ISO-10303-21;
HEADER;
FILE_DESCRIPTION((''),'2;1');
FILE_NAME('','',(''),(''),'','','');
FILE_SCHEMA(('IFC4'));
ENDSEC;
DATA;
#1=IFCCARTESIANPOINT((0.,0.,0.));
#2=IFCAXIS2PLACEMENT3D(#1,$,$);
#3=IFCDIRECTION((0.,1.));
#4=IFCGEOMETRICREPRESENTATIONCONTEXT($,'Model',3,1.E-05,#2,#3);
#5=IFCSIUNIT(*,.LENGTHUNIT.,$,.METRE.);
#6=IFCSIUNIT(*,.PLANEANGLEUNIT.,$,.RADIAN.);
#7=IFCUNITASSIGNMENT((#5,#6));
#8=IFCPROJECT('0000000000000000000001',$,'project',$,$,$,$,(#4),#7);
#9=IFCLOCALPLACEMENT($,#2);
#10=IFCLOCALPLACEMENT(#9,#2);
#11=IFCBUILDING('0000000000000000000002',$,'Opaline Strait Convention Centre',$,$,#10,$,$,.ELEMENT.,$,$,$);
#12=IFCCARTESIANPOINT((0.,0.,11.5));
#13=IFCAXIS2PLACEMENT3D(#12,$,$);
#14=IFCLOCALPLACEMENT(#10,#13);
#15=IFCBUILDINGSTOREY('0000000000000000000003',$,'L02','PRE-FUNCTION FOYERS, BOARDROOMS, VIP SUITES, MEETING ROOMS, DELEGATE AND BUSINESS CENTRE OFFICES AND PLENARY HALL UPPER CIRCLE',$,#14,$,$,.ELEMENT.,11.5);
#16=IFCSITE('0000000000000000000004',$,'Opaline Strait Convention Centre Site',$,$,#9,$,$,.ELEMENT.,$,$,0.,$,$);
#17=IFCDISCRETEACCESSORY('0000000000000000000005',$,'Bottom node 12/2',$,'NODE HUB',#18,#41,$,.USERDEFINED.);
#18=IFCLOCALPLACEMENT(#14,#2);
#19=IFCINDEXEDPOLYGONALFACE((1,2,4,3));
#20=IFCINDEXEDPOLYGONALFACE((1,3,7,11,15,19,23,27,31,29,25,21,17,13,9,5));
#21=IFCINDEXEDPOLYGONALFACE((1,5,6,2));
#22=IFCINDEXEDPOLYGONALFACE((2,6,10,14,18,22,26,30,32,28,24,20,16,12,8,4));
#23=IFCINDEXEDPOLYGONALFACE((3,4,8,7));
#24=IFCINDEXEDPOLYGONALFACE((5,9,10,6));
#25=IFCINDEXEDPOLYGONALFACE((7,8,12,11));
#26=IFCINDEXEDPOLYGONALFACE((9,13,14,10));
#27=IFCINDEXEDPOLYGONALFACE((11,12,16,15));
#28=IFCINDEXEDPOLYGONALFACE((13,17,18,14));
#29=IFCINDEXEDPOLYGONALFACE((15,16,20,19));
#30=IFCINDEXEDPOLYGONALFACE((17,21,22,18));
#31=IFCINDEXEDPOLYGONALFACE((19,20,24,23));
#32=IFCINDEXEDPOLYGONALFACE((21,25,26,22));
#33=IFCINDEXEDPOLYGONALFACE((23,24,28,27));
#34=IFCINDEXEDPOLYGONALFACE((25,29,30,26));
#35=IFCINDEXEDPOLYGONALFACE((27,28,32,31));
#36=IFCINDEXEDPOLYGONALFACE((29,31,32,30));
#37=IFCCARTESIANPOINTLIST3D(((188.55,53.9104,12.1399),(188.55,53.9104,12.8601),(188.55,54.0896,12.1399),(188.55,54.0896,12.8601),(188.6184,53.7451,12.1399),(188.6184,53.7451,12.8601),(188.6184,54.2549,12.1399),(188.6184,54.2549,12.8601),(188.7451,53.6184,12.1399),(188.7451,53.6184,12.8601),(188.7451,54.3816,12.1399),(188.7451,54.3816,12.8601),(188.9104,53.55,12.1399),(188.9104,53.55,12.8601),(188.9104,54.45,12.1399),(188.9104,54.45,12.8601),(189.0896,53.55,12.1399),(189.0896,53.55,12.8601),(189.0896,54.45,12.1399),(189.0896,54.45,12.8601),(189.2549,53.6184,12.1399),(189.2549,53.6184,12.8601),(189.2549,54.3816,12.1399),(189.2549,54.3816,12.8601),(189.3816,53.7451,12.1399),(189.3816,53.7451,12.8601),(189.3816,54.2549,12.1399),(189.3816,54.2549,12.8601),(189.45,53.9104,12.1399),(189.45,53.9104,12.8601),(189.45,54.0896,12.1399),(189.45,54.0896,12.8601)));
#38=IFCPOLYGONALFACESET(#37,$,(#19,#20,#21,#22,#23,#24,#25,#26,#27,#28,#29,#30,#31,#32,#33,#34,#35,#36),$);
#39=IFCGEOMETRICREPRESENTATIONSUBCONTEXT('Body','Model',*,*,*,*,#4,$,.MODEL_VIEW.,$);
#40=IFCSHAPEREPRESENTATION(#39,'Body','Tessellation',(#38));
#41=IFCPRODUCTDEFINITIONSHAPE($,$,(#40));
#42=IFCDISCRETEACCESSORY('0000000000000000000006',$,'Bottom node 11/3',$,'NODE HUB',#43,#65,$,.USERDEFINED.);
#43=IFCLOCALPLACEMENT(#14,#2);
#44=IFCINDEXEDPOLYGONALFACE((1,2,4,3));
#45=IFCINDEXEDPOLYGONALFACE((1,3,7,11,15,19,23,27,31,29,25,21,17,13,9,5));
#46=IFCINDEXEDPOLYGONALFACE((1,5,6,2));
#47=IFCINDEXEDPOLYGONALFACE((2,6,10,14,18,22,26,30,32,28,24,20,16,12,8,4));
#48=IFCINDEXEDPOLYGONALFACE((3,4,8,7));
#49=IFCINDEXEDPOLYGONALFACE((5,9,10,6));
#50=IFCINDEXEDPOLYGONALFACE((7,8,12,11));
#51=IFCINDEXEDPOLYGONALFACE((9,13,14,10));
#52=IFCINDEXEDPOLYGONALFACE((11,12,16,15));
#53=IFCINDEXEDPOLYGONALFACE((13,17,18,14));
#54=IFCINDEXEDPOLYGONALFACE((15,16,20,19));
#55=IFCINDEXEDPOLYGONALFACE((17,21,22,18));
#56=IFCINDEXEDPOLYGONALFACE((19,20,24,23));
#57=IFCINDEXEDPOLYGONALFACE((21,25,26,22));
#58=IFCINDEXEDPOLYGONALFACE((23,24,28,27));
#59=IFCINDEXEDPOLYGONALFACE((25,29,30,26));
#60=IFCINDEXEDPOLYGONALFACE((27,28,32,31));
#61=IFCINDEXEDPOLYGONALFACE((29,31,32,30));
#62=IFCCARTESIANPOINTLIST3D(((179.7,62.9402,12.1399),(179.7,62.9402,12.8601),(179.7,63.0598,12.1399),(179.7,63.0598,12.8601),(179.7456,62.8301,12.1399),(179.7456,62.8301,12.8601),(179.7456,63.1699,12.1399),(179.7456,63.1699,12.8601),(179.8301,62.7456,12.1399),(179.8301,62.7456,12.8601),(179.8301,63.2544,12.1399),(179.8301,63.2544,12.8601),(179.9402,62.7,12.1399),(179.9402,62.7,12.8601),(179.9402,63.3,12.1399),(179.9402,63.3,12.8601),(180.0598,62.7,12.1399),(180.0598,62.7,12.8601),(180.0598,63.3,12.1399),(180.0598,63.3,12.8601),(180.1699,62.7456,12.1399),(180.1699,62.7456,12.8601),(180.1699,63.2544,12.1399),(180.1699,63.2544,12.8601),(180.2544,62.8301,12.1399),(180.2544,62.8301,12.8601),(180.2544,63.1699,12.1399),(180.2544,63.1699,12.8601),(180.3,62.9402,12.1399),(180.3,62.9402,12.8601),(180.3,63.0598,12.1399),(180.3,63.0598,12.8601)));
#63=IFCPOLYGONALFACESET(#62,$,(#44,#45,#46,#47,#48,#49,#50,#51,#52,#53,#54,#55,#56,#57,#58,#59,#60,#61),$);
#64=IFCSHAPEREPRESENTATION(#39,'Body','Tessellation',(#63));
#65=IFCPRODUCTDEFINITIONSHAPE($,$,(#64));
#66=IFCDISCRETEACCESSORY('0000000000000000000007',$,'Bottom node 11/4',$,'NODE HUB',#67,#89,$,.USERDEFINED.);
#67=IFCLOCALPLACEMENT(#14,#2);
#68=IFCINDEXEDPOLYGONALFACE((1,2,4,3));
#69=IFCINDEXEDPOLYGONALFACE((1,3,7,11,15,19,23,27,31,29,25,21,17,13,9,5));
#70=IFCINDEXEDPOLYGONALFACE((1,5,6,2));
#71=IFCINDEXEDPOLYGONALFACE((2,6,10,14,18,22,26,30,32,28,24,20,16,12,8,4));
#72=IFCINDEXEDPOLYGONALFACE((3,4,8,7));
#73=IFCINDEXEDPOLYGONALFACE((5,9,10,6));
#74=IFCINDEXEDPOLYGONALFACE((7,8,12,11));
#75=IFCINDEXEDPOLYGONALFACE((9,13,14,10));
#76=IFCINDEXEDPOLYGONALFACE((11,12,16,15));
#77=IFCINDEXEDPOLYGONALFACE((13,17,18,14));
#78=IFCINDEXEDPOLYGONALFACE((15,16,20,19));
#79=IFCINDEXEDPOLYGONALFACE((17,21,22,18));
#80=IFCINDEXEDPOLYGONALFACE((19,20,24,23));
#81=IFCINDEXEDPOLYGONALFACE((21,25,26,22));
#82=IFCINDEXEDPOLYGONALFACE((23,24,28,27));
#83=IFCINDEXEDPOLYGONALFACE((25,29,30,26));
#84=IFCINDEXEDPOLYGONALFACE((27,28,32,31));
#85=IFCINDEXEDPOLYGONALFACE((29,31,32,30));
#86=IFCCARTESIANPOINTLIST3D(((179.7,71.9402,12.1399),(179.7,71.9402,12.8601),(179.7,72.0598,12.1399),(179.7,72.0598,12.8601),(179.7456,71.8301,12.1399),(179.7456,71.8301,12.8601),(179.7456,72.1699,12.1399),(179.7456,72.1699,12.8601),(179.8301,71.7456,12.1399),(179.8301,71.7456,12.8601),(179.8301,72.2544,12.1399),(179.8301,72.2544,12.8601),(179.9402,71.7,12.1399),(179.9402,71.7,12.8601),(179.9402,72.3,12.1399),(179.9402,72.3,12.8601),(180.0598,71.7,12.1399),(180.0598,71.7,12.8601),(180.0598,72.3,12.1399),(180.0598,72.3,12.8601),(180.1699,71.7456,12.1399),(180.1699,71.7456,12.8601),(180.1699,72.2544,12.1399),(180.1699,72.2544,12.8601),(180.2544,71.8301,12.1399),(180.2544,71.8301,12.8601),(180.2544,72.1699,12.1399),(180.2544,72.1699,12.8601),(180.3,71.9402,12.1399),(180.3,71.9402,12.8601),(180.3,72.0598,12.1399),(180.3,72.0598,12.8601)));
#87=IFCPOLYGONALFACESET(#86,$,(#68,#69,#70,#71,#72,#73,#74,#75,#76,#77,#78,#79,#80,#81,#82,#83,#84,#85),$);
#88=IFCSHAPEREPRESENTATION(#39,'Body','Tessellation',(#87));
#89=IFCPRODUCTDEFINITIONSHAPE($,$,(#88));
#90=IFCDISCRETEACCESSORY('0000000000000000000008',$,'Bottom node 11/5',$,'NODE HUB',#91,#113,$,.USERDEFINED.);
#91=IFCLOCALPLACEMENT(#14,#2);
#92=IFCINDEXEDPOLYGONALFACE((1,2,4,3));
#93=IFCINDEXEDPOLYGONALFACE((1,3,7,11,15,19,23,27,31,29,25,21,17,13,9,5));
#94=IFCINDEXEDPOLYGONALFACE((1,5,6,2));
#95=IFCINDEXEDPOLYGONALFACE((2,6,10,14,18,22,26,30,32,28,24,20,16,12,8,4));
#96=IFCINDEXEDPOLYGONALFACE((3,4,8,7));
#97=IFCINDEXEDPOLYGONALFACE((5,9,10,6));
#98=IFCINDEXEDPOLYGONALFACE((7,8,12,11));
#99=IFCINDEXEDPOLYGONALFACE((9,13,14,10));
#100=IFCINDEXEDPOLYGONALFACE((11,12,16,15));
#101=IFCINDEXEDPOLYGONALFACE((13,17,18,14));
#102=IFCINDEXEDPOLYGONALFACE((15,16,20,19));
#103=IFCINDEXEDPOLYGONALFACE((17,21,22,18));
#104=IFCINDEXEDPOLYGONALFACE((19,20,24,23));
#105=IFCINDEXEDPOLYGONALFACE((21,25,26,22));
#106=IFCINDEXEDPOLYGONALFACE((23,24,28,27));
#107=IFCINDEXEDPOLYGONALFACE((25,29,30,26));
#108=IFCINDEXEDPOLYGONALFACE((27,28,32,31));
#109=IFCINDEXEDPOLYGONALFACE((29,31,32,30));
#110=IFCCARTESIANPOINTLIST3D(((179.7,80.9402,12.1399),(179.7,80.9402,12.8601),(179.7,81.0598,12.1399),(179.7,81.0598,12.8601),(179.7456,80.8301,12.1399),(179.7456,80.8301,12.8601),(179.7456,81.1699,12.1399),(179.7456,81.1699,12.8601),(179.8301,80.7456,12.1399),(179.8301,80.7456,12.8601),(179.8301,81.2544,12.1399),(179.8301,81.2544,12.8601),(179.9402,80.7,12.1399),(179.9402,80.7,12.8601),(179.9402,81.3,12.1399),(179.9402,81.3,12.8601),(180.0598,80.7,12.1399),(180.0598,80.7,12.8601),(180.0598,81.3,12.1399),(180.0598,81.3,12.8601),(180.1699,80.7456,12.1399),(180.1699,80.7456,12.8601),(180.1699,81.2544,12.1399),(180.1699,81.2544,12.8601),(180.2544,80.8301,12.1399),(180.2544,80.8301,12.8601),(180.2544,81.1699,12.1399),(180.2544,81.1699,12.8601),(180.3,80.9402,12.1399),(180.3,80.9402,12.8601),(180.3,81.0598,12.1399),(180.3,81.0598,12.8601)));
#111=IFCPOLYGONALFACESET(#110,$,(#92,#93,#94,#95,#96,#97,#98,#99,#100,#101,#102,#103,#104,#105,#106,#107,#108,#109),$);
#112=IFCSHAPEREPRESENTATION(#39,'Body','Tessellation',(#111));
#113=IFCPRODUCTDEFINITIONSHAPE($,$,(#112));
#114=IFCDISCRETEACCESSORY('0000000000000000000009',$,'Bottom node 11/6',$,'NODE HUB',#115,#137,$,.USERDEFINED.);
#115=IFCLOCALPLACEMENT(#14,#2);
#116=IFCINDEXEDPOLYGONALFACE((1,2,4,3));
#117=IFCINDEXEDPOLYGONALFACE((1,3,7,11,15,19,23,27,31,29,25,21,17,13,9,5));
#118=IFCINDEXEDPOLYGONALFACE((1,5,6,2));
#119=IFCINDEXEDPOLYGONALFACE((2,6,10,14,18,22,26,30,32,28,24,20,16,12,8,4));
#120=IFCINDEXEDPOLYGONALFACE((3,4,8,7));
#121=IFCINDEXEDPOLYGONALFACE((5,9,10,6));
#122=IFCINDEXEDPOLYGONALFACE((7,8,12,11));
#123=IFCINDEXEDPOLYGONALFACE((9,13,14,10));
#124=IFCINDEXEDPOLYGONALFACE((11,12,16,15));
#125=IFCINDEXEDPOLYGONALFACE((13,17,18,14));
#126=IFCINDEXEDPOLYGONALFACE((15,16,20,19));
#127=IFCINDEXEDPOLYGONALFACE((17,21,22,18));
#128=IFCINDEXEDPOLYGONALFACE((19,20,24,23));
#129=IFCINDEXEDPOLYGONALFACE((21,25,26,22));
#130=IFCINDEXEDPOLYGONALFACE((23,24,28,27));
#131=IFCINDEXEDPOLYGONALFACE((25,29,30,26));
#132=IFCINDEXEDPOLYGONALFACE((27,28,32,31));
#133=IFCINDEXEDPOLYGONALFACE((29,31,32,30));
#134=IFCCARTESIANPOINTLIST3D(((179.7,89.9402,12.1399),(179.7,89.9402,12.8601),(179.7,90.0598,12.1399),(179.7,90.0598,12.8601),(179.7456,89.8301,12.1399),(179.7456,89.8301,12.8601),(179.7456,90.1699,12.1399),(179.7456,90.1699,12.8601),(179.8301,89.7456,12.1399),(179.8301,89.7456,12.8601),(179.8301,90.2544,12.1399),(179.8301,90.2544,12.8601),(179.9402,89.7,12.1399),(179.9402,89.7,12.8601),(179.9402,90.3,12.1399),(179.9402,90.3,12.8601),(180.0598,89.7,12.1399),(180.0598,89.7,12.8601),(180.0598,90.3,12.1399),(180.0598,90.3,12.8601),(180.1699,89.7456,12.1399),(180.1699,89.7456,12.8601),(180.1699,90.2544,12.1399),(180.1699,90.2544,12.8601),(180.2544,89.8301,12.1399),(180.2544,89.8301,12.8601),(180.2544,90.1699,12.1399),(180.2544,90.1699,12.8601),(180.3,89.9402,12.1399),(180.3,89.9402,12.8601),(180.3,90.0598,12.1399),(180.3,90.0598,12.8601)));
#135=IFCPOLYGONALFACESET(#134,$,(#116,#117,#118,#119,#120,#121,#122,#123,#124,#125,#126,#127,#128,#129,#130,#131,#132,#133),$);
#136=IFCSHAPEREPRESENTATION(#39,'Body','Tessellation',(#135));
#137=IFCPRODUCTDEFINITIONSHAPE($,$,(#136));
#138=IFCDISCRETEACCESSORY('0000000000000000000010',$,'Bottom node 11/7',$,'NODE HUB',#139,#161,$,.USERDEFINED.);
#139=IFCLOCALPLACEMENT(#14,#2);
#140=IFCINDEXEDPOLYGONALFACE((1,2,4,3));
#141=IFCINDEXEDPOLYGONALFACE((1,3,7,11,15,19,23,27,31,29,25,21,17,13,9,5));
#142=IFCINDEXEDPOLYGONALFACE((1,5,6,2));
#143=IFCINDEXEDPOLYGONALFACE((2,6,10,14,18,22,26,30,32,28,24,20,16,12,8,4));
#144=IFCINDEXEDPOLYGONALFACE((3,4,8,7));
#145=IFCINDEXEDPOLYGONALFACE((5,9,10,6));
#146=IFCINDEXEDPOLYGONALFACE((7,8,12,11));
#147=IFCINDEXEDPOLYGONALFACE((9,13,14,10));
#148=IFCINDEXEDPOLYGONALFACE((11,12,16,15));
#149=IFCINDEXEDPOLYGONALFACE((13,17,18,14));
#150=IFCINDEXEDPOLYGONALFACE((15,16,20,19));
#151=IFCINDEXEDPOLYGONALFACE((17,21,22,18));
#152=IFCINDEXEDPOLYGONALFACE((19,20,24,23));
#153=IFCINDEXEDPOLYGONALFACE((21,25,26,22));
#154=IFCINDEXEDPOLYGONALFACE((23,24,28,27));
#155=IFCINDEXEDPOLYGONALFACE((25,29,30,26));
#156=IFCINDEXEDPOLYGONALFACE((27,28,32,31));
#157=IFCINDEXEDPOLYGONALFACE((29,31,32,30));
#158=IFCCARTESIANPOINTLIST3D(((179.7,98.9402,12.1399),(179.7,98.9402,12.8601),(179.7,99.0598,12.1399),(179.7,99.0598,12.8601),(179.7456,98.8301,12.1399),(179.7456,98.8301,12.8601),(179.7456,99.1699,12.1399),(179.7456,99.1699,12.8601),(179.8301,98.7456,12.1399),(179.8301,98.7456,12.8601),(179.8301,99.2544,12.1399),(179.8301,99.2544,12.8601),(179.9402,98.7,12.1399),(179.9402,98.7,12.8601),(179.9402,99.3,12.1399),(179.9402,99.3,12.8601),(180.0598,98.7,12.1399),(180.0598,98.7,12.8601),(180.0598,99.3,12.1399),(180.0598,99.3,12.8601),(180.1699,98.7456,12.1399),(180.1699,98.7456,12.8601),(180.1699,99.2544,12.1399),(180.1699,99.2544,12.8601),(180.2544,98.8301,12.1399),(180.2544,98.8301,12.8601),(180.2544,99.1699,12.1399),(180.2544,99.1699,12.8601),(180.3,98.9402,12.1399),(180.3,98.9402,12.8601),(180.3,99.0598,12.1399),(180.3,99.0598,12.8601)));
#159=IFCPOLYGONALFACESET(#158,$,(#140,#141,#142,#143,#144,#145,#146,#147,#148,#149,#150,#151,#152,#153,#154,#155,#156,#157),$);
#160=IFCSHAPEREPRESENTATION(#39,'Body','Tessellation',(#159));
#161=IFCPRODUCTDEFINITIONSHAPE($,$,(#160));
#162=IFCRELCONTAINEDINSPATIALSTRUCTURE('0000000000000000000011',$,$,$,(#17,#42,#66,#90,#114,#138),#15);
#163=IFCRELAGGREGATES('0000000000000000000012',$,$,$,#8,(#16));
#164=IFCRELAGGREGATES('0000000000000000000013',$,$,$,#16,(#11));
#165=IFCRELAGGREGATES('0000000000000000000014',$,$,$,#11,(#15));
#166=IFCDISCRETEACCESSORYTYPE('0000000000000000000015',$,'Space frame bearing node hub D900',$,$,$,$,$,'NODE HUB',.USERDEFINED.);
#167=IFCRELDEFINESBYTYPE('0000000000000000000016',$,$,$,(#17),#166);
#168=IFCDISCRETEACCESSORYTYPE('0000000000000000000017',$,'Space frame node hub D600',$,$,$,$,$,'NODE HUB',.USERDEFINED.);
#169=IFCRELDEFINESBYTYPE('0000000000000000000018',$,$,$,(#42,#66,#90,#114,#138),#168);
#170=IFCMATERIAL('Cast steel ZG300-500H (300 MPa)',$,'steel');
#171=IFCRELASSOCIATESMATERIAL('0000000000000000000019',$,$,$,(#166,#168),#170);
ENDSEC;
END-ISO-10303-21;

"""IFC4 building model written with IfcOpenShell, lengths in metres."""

from ifc_helpers import new_model, si_unit, direction, frame, origin, place, context, subcontext, project, spatial, polyline, outline, extrude, material, type_object, element, save


model = new_model("IFC4")

# Units and contexts
model_context = context("Model", 3, precision=1e-05, world=origin(), true_north=direction((0.0, 1.0)))
body_context = subcontext(model_context, "Body", "Model", "MODEL_VIEW")
ifc_project = project(units=[si_unit("LENGTHUNIT", "METRE"), si_unit("PLANEANGLEUNIT", "RADIAN")], contexts=[model_context])

# Site, building, storey
site_placement = place(None, origin())
site = spatial("IfcSite", under=ifc_project, at=site_placement, Name="Opaline Strait Convention Centre Site", CompositionType="ELEMENT", RefElevation=0.0)
building_placement = place(site_placement, origin())
building = spatial("IfcBuilding", under=site, at=building_placement, Name="Opaline Strait Convention Centre", CompositionType="ELEMENT")
storey_placement = place(building_placement, frame((0.0, 0.0, 11.5)))
storey = spatial("IfcBuildingStorey", under=building, at=storey_placement, Name="L02", Description="PRE-FUNCTION FOYERS, BOARDROOMS, VIP SUITES, MEETING ROOMS, DELEGATE AND BUSINESS CENTRE OFFICES AND PLENARY HALL UPPER CIRCLE", CompositionType="ELEMENT", Elevation=11.5)

# Discrete accessories
ifc_material = material(Name="Cast steel ZG300-500H (300 MPa)", Category="steel")
discrete_accessory_type_1 = type_object("IfcDiscreteAccessoryType", Name="Space frame bearing node hub D900", ElementType="NODE HUB", PredefinedType="USERDEFINED", material=ifc_material)
discrete_accessory_1_placement = place(storey_placement, frame((0.0, 0.0, 12.1399)))
element("IfcDiscreteAccessory", 1, at=discrete_accessory_1_placement, inside=storey, type_object=discrete_accessory_type_1, Name="Bottom node 12/2", ObjectType="NODE HUB", PredefinedType="USERDEFINED", context=body_context, shape_type="SweptSolid", body=[
    extrude(outline(polyline([(189.45, 54.0896), (189.3816, 54.2549), (189.2549, 54.3816), (189.0896, 54.45), (188.9104, 54.45), (188.7451, 54.3816), (188.6184, 54.2549), (188.55, 54.0896), (188.55, 53.9104), (188.6184, 53.7451), (188.7451, 53.6184), (188.9104, 53.55), (189.0896, 53.55), (189.2549, 53.6184), (189.3816, 53.7451), (189.45, 53.9104), (189.45, 54.0896)])), origin(), (0.0, 0.0, 1.0), 0.7202),
])
discrete_accessory_type_2 = type_object("IfcDiscreteAccessoryType", Name="Space frame node hub D600", ElementType="NODE HUB", PredefinedType="USERDEFINED", material=ifc_material)
discrete_accessory_2_placement = place(storey_placement, frame((0.0, 0.0, 12.1399)))
element("IfcDiscreteAccessory", 2, at=discrete_accessory_2_placement, inside=storey, type_object=discrete_accessory_type_2, Name="Bottom node 11/3", ObjectType="NODE HUB", PredefinedType="USERDEFINED", context=body_context, shape_type="SweptSolid", body=[
    extrude(outline(polyline([(180.3, 63.0598), (180.2544, 63.1699), (180.1699, 63.2544), (180.0598, 63.3), (179.9402, 63.3), (179.8301, 63.2544), (179.7456, 63.1699), (179.7, 63.0598), (179.7, 62.9402), (179.7456, 62.8301), (179.8301, 62.7456), (179.9402, 62.7), (180.0598, 62.7), (180.1699, 62.7456), (180.2544, 62.8301), (180.3, 62.9402), (180.3, 63.0598)])), origin(), (0.0, 0.0, 1.0), 0.7202),
])
discrete_accessory_3_placement = place(storey_placement, frame((0.0, 0.0, 12.1399)))
element("IfcDiscreteAccessory", 3, at=discrete_accessory_3_placement, inside=storey, type_object=discrete_accessory_type_2, Name="Bottom node 11/4", ObjectType="NODE HUB", PredefinedType="USERDEFINED", context=body_context, shape_type="SweptSolid", body=[
    extrude(outline(polyline([(180.3, 72.0598), (180.2544, 72.1699), (180.1699, 72.2544), (180.0598, 72.3), (179.9402, 72.3), (179.8301, 72.2544), (179.7456, 72.1699), (179.7, 72.0598), (179.7, 71.9402), (179.7456, 71.8301), (179.8301, 71.7456), (179.9402, 71.7), (180.0598, 71.7), (180.1699, 71.7456), (180.2544, 71.8301), (180.3, 71.9402), (180.3, 72.0598)])), origin(), (0.0, 0.0, 1.0), 0.7202),
])
discrete_accessory_4_placement = place(storey_placement, frame((0.0, 0.0, 12.1399)))
element("IfcDiscreteAccessory", 4, at=discrete_accessory_4_placement, inside=storey, type_object=discrete_accessory_type_2, Name="Bottom node 11/5", ObjectType="NODE HUB", PredefinedType="USERDEFINED", context=body_context, shape_type="SweptSolid", body=[
    extrude(outline(polyline([(180.3, 81.0598), (180.2544, 81.1699), (180.1699, 81.2544), (180.0598, 81.3), (179.9402, 81.3), (179.8301, 81.2544), (179.7456, 81.1699), (179.7, 81.0598), (179.7, 80.9402), (179.7456, 80.8301), (179.8301, 80.7456), (179.9402, 80.7), (180.0598, 80.7), (180.1699, 80.7456), (180.2544, 80.8301), (180.3, 80.9402), (180.3, 81.0598)])), origin(), (0.0, 0.0, 1.0), 0.7202),
])
discrete_accessory_5_placement = place(storey_placement, frame((0.0, 0.0, 12.1399)))
element("IfcDiscreteAccessory", 5, at=discrete_accessory_5_placement, inside=storey, type_object=discrete_accessory_type_2, Name="Bottom node 11/6", ObjectType="NODE HUB", PredefinedType="USERDEFINED", context=body_context, shape_type="SweptSolid", body=[
    extrude(outline(polyline([(180.3, 90.0598), (180.2544, 90.1699), (180.1699, 90.2544), (180.0598, 90.3), (179.9402, 90.3), (179.8301, 90.2544), (179.7456, 90.1699), (179.7, 90.0598), (179.7, 89.9402), (179.7456, 89.8301), (179.8301, 89.7456), (179.9402, 89.7), (180.0598, 89.7), (180.1699, 89.7456), (180.2544, 89.8301), (180.3, 89.9402), (180.3, 90.0598)])), origin(), (0.0, 0.0, 1.0), 0.7202),
])
discrete_accessory_6_placement = place(storey_placement, frame((0.0, 0.0, 12.1399)))
element("IfcDiscreteAccessory", 6, at=discrete_accessory_6_placement, inside=storey, type_object=discrete_accessory_type_2, Name="Bottom node 11/7", ObjectType="NODE HUB", PredefinedType="USERDEFINED", context=body_context, shape_type="SweptSolid", body=[
    extrude(outline(polyline([(180.3, 99.0598), (180.2544, 99.1699), (180.1699, 99.2544), (180.0598, 99.3), (179.9402, 99.3), (179.8301, 99.2544), (179.7456, 99.1699), (179.7, 99.0598), (179.7, 98.9402), (179.7456, 98.8301), (179.8301, 98.7456), (179.9402, 98.7), (180.0598, 98.7), (180.1699, 98.7456), (180.2544, 98.8301), (180.3, 98.9402), (180.3, 99.0598)])), origin(), (0.0, 0.0, 1.0), 0.7202),
])

save(model, "model.ifc")
